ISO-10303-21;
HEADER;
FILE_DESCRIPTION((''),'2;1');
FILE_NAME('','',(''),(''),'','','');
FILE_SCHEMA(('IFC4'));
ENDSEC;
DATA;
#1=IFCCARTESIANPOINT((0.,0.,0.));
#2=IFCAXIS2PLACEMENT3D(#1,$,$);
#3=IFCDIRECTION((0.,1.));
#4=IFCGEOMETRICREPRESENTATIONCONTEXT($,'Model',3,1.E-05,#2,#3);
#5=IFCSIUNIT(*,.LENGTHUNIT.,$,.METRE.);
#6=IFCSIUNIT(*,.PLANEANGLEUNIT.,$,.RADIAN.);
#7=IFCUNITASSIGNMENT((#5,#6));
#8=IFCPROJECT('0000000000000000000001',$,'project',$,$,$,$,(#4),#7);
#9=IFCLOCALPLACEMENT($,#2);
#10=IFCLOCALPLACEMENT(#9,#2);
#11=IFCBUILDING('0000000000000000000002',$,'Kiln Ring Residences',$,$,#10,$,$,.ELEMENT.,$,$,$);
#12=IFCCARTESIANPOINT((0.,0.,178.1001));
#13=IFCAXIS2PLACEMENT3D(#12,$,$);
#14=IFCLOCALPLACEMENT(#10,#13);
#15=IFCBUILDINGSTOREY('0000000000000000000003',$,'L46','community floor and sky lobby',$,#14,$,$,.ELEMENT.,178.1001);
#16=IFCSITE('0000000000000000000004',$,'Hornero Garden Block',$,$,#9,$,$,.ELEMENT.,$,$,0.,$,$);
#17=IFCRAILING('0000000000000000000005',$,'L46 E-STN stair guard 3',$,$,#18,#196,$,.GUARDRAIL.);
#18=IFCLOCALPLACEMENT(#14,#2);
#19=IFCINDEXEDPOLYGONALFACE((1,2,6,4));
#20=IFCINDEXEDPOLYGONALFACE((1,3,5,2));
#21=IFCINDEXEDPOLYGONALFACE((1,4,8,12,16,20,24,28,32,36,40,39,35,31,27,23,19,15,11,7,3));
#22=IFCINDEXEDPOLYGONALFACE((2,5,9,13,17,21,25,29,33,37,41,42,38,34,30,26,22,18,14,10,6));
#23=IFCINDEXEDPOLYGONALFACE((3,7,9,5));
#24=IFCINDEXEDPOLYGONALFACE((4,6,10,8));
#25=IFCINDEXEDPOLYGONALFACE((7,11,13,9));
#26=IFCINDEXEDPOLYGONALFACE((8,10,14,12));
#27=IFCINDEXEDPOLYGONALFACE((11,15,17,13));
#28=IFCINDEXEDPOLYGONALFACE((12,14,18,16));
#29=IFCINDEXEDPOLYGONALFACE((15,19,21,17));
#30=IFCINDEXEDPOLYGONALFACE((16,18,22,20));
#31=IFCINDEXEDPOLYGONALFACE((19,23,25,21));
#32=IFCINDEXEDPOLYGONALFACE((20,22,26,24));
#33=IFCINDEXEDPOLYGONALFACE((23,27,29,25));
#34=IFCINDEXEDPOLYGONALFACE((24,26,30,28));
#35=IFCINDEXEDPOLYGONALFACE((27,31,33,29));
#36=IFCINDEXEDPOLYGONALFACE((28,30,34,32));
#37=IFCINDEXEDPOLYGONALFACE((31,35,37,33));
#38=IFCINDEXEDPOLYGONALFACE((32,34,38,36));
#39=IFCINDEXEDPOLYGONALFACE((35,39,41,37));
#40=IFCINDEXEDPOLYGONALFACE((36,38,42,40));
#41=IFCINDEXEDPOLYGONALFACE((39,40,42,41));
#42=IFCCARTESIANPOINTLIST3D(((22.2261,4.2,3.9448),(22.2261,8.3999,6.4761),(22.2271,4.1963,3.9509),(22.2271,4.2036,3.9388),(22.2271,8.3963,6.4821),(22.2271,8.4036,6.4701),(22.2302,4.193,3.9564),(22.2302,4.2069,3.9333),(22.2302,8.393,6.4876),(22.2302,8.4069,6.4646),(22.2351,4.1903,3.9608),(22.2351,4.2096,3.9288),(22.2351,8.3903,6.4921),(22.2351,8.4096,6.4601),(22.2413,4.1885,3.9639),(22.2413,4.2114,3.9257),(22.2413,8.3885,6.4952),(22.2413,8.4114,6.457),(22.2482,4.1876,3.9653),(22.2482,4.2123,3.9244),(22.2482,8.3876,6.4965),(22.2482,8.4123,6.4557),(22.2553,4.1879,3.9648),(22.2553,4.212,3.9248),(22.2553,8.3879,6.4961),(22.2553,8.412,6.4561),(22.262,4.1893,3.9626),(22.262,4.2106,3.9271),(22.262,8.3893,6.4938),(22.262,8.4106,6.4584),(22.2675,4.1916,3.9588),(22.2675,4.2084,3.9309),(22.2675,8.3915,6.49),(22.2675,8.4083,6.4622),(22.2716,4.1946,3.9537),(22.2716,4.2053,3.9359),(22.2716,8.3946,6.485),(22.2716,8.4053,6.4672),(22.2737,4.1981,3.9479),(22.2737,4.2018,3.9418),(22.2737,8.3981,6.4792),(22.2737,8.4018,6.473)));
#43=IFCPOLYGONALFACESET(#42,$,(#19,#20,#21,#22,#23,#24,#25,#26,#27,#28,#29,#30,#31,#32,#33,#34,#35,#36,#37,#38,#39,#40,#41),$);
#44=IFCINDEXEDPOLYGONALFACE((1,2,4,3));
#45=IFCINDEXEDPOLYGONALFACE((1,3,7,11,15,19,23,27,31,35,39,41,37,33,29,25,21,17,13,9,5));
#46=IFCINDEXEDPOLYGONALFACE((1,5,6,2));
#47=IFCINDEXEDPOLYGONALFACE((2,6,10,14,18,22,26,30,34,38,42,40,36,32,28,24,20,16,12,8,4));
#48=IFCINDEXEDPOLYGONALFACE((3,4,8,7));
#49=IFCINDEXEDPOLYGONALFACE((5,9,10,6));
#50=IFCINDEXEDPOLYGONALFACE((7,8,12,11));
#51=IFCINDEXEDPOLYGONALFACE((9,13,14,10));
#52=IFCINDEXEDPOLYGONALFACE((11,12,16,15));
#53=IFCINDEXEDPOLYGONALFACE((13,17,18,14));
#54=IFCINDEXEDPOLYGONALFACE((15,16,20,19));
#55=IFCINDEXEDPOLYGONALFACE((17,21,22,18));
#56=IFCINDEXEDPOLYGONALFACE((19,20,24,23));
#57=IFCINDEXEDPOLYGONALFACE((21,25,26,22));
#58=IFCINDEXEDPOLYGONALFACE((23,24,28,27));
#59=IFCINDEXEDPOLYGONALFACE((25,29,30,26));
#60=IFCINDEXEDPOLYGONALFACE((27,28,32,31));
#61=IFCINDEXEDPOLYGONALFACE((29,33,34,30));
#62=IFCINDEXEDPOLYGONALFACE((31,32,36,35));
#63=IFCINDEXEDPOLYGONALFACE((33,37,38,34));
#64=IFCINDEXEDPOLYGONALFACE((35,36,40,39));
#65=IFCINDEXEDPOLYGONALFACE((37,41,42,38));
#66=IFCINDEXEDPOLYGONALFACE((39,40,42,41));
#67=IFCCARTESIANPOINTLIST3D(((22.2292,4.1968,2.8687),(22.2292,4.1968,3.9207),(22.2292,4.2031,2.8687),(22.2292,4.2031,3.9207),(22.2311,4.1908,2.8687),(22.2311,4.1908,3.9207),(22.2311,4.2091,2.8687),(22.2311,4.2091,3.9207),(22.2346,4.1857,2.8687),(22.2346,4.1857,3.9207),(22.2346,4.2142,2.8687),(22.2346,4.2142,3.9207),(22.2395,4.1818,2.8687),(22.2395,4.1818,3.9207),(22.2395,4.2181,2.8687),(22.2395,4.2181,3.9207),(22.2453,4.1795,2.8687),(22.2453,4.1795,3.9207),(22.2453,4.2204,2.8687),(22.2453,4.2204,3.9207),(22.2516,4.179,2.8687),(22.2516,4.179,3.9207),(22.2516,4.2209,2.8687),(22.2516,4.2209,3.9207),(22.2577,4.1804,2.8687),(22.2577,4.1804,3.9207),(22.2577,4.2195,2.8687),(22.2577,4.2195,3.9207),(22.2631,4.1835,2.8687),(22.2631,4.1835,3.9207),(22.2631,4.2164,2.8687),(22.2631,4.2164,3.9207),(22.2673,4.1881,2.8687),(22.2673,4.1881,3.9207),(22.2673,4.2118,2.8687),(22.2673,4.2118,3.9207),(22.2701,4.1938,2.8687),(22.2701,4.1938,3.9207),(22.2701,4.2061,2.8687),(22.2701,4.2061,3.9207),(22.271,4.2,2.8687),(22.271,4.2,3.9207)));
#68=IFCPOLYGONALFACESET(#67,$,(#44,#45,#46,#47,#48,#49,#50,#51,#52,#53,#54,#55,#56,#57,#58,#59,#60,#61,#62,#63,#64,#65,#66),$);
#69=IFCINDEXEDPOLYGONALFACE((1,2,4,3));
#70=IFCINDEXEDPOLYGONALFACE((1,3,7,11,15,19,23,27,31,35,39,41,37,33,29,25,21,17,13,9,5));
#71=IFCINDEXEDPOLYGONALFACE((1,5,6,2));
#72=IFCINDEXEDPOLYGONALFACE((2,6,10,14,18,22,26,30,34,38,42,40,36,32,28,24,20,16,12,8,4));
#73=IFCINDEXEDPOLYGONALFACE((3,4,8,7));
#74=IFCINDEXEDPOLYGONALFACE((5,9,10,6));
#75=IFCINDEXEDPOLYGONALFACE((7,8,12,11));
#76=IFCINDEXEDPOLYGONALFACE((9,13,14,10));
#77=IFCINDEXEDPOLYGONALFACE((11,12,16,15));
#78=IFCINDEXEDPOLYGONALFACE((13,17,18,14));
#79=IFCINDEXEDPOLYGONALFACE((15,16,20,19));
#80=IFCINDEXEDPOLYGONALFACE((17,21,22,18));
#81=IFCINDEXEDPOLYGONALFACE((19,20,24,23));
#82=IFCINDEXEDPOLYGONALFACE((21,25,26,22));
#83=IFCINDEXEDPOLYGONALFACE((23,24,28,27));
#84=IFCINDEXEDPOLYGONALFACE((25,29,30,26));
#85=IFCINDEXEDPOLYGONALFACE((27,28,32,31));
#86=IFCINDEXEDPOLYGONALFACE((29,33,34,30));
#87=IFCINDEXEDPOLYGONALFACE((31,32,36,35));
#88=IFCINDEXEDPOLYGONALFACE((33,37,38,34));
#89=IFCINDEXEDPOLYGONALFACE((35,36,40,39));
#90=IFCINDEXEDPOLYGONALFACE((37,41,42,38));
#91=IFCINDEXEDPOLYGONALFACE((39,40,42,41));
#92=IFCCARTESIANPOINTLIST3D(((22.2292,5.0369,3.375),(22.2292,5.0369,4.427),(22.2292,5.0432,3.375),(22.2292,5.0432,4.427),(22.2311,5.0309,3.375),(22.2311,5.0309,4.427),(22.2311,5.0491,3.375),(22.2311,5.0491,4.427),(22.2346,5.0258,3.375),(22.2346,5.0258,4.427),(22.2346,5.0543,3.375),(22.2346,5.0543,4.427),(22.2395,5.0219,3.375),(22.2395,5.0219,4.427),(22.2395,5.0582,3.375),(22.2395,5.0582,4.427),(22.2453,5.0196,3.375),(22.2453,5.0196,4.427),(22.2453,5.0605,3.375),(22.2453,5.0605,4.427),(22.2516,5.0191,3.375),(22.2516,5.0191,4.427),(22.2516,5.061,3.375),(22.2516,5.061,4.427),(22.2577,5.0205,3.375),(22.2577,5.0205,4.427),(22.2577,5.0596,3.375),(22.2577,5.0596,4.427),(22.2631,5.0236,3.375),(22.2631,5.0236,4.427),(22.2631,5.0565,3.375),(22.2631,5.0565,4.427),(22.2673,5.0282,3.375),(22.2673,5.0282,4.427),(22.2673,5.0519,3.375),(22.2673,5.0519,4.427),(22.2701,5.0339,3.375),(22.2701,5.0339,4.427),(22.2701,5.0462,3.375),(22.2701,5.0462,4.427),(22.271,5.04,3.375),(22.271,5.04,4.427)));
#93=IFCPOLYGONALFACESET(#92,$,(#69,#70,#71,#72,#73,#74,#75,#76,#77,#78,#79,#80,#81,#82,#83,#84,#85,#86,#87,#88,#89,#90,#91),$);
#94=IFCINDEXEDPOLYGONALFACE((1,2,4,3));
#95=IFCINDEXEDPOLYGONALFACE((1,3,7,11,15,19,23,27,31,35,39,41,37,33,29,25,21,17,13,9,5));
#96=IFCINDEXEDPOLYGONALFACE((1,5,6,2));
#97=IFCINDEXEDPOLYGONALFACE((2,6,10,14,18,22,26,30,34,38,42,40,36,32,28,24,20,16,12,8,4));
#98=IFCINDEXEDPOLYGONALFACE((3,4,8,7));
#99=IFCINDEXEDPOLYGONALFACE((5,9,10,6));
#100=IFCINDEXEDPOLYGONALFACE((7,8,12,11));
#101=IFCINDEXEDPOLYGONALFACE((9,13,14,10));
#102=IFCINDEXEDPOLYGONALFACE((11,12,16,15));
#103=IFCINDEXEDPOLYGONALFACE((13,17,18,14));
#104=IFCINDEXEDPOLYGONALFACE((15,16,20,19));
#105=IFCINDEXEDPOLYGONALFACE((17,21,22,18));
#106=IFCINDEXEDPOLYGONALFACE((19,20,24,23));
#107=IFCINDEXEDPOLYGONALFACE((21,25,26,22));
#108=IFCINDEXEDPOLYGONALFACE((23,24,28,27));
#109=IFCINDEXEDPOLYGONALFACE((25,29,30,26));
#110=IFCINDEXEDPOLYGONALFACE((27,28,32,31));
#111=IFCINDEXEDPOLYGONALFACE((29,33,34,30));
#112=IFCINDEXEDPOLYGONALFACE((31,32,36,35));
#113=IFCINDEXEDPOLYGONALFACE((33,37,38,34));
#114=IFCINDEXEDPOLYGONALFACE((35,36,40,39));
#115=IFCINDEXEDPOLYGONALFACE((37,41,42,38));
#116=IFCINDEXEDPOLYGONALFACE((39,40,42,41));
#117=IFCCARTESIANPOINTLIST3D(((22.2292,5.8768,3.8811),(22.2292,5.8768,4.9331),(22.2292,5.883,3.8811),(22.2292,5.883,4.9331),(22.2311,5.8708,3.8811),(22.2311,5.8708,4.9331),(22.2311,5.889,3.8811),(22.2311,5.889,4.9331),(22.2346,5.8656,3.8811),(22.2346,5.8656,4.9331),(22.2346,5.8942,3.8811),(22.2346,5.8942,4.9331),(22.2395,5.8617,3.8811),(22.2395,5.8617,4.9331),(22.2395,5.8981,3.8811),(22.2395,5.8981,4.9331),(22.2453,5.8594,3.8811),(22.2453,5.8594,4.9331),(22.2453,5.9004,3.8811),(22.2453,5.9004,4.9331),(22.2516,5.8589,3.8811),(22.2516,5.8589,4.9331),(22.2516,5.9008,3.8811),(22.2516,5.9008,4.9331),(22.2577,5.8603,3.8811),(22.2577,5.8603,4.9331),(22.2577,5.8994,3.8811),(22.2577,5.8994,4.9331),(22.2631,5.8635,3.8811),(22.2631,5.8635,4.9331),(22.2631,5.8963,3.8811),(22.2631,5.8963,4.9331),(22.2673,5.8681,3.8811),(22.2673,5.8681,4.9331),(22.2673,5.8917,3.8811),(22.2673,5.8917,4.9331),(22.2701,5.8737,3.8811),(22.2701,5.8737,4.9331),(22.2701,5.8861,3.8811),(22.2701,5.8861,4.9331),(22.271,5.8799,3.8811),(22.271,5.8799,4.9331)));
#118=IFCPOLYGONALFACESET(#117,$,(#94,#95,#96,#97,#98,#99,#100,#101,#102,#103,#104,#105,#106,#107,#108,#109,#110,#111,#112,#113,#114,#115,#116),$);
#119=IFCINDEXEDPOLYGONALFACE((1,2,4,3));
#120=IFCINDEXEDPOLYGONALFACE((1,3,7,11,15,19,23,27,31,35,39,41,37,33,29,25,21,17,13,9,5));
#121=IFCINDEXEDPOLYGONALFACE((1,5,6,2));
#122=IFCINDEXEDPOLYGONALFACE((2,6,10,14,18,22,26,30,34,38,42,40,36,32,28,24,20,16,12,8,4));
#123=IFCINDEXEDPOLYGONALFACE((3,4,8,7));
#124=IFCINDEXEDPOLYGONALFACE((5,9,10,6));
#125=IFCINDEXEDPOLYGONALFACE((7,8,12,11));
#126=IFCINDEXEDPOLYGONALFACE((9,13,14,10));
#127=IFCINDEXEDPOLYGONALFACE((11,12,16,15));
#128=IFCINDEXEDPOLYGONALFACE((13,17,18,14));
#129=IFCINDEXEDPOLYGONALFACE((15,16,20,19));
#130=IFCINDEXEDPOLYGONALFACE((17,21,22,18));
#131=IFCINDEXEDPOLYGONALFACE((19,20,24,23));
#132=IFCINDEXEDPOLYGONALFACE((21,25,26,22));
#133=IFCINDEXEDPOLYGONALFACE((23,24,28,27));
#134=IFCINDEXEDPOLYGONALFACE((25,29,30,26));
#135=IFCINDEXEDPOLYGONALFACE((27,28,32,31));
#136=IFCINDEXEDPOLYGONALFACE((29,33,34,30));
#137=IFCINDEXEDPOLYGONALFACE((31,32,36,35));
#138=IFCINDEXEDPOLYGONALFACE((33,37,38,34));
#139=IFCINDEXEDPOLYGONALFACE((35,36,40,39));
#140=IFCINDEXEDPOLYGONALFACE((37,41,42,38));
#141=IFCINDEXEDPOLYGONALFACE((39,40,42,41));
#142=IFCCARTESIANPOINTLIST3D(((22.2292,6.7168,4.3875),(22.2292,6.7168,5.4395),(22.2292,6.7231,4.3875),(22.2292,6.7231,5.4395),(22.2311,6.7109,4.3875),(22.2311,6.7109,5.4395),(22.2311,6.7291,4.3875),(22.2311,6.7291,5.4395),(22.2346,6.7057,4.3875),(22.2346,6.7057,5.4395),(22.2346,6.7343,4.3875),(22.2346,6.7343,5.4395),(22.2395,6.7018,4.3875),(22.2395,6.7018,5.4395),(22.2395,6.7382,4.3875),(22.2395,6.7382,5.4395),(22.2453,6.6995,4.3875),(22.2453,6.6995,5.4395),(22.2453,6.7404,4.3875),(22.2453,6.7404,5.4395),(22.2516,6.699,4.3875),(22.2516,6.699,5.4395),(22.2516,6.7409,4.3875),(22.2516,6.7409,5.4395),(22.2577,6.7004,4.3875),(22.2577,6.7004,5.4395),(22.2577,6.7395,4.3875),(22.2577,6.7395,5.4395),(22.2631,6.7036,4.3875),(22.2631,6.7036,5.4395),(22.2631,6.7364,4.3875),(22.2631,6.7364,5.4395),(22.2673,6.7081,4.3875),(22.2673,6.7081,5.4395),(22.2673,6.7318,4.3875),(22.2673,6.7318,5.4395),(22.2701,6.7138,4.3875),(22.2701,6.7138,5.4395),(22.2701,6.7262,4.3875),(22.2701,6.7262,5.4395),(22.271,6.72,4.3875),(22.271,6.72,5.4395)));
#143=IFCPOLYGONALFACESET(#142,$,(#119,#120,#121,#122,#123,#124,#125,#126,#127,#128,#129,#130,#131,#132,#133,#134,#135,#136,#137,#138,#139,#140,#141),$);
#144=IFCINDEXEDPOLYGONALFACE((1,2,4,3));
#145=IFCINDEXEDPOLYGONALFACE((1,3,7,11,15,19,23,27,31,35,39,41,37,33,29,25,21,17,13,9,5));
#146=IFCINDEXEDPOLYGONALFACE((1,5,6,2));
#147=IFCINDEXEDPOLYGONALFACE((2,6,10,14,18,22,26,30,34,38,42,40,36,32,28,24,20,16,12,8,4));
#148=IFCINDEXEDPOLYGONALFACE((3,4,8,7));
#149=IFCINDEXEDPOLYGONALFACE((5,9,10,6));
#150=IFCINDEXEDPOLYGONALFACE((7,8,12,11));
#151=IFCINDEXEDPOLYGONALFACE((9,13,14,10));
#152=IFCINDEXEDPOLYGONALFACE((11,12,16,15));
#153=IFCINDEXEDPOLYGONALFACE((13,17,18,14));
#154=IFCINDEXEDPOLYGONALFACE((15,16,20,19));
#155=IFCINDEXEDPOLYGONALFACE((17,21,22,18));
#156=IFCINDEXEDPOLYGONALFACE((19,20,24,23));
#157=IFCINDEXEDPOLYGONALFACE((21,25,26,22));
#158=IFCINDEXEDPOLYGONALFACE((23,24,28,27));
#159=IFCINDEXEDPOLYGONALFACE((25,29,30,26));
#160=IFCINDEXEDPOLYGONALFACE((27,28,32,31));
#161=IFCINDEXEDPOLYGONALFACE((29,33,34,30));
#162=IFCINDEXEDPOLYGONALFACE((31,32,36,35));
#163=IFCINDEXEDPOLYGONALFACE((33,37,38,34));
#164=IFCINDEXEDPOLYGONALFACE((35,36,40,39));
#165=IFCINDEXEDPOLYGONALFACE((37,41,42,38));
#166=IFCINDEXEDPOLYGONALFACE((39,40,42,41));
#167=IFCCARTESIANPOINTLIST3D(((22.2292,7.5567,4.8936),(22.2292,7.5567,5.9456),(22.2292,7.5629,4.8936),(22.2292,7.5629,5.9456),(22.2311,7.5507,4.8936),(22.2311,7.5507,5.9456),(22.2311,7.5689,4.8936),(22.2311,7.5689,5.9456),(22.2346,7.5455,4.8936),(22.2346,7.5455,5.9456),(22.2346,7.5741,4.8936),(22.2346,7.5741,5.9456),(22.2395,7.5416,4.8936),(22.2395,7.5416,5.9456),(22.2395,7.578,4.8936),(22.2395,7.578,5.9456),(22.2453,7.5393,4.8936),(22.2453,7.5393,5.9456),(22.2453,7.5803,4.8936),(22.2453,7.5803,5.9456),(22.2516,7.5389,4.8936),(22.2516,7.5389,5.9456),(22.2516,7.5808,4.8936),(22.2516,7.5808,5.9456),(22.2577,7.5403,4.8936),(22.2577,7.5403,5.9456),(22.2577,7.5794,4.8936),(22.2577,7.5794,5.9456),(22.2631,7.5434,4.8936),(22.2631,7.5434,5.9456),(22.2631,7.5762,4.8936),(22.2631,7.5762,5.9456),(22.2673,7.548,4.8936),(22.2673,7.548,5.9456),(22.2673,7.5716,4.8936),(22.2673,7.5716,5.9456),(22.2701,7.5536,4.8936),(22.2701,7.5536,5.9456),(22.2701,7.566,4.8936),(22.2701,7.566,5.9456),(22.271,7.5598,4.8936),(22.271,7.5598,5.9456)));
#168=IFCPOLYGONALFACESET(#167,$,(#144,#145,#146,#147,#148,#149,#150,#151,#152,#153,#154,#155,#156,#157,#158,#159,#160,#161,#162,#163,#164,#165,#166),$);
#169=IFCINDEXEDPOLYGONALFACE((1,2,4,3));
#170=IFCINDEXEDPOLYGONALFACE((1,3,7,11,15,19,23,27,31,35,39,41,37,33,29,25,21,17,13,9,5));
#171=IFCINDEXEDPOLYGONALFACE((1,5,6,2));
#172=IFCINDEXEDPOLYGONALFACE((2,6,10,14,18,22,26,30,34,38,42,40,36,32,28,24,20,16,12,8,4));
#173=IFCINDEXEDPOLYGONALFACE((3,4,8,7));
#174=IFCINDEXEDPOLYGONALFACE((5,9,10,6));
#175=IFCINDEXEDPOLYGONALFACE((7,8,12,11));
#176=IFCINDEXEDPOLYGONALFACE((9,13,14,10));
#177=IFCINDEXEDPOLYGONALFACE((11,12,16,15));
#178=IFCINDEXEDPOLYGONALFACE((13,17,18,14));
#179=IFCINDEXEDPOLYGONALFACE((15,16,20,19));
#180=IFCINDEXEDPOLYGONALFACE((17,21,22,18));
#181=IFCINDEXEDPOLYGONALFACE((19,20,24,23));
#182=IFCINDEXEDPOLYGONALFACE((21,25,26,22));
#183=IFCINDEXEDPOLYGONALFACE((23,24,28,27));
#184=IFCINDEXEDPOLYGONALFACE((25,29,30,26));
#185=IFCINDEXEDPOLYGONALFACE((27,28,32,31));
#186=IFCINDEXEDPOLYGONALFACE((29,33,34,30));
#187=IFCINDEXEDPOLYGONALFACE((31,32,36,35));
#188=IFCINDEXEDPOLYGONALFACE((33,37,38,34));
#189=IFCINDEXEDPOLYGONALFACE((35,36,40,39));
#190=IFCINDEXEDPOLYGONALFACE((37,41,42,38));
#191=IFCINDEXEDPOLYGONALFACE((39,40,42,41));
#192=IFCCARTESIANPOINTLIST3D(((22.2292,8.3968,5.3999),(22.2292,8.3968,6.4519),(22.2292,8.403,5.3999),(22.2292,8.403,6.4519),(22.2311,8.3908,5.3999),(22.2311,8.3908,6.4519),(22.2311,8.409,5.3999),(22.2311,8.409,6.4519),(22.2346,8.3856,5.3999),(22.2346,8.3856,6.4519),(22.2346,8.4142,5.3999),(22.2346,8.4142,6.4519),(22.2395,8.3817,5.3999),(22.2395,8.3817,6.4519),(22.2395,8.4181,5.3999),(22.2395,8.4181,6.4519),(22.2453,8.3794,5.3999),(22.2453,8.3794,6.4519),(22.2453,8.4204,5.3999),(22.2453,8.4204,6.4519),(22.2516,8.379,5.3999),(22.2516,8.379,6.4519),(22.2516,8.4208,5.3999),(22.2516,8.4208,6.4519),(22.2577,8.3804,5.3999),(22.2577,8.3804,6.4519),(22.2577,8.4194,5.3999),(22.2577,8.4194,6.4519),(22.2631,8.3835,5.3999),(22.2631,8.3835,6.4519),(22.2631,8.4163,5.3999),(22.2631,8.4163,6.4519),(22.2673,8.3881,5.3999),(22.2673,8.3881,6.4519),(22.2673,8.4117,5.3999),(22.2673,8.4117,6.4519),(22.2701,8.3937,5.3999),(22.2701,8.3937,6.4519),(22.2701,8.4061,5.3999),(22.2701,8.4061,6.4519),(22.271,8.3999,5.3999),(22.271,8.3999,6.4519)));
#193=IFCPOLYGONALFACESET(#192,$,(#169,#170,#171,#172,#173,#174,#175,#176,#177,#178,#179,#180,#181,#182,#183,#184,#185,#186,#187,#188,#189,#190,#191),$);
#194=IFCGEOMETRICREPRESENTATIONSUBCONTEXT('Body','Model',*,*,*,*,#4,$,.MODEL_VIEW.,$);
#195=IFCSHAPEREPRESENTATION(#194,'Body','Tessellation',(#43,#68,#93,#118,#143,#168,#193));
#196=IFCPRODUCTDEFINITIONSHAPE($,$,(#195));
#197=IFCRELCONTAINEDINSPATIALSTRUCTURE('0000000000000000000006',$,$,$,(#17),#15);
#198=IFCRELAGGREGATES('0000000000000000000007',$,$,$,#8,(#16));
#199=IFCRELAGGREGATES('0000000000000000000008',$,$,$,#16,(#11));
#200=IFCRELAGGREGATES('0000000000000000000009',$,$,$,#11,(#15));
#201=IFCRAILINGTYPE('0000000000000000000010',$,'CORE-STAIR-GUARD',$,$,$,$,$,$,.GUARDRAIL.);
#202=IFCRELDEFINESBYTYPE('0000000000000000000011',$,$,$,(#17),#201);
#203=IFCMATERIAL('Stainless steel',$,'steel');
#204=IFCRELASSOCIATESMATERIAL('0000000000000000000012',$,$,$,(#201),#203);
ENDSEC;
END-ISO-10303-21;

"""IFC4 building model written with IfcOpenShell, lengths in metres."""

from ifc_helpers import new_model, si_unit, direction, frame, origin, origin_2d, place, context, subcontext, project, spatial, circle, extrude, material, type_object, element, save


model = new_model("IFC4")

# Units and contexts
model_context = context("Model", 3, precision=1e-05, world=origin(), true_north=direction((0.0, 1.0)))
body_context = subcontext(model_context, "Body", "Model", "MODEL_VIEW")
ifc_project = project(units=[si_unit("LENGTHUNIT", "METRE"), si_unit("PLANEANGLEUNIT", "RADIAN")], contexts=[model_context])

# Site, building, storey
site_placement = place(None, origin())
site = spatial("IfcSite", under=ifc_project, at=site_placement, Name="Hornero Garden Block", CompositionType="ELEMENT", RefElevation=0.0)
building_placement = place(site_placement, origin())
building = spatial("IfcBuilding", under=site, at=building_placement, Name="Kiln Ring Residences", CompositionType="ELEMENT")
storey_placement = place(building_placement, frame((0.0, 0.0, 178.1001)))
storey = spatial("IfcBuildingStorey", under=building, at=storey_placement, Name="L46", Description="community floor and sky lobby", CompositionType="ELEMENT", Elevation=178.1001)

# Railing
ifc_material_1 = material(Name="Stainless steel", Category="steel")
railing_type_1 = type_object("IfcRailingType", Name="CORE-STAIR-GUARD", PredefinedType="GUARDRAIL", material=ifc_material_1)
railing_1_placement = place(storey_placement, frame((22.25, 4.2, 2.8687)))
element("IfcRailing", 1, at=railing_1_placement, inside=storey, type_object=railing_type_1, Name="L46 E-STN stair guard 3", PredefinedType="GUARDRAIL", context=body_context, shape_type="SweptSolid", body=[
    extrude(circle(Radius=0.0239, at=origin_2d()), frame((0.0, 0.0, 1.0762), z_axis=(0.0, 0.856476, 0.516186), x_axis=(-1.0, 0.0, 0.0)), (0.0, 0.0, 1.0), 4.9038),
    extrude(circle(Radius=0.021, at=origin_2d()), origin(), (0.0, 0.0, 1.0), 1.052),
    extrude(circle(Radius=0.021, at=origin_2d()), frame((0.0, 0.8401, 0.5063)), (0.0, 0.0, 1.0), 1.052),
    extrude(circle(Radius=0.021, at=origin_2d()), frame((0.0, 1.6799, 1.0125)), (0.0, 0.0, 1.0), 1.052),
    extrude(circle(Radius=0.021, at=origin_2d()), frame((0.0, 2.52, 1.5188)), (0.0, 0.0, 1.0), 1.052),
    extrude(circle(Radius=0.021, at=origin_2d()), frame((0.0, 3.3599, 2.0249)), (0.0, 0.0, 1.0), 1.052),
    extrude(circle(Radius=0.021, at=origin_2d()), frame((0.0, 4.2, 2.5312)), (0.0, 0.0, 1.0), 1.052),
])

save(model, "model.ifc")
